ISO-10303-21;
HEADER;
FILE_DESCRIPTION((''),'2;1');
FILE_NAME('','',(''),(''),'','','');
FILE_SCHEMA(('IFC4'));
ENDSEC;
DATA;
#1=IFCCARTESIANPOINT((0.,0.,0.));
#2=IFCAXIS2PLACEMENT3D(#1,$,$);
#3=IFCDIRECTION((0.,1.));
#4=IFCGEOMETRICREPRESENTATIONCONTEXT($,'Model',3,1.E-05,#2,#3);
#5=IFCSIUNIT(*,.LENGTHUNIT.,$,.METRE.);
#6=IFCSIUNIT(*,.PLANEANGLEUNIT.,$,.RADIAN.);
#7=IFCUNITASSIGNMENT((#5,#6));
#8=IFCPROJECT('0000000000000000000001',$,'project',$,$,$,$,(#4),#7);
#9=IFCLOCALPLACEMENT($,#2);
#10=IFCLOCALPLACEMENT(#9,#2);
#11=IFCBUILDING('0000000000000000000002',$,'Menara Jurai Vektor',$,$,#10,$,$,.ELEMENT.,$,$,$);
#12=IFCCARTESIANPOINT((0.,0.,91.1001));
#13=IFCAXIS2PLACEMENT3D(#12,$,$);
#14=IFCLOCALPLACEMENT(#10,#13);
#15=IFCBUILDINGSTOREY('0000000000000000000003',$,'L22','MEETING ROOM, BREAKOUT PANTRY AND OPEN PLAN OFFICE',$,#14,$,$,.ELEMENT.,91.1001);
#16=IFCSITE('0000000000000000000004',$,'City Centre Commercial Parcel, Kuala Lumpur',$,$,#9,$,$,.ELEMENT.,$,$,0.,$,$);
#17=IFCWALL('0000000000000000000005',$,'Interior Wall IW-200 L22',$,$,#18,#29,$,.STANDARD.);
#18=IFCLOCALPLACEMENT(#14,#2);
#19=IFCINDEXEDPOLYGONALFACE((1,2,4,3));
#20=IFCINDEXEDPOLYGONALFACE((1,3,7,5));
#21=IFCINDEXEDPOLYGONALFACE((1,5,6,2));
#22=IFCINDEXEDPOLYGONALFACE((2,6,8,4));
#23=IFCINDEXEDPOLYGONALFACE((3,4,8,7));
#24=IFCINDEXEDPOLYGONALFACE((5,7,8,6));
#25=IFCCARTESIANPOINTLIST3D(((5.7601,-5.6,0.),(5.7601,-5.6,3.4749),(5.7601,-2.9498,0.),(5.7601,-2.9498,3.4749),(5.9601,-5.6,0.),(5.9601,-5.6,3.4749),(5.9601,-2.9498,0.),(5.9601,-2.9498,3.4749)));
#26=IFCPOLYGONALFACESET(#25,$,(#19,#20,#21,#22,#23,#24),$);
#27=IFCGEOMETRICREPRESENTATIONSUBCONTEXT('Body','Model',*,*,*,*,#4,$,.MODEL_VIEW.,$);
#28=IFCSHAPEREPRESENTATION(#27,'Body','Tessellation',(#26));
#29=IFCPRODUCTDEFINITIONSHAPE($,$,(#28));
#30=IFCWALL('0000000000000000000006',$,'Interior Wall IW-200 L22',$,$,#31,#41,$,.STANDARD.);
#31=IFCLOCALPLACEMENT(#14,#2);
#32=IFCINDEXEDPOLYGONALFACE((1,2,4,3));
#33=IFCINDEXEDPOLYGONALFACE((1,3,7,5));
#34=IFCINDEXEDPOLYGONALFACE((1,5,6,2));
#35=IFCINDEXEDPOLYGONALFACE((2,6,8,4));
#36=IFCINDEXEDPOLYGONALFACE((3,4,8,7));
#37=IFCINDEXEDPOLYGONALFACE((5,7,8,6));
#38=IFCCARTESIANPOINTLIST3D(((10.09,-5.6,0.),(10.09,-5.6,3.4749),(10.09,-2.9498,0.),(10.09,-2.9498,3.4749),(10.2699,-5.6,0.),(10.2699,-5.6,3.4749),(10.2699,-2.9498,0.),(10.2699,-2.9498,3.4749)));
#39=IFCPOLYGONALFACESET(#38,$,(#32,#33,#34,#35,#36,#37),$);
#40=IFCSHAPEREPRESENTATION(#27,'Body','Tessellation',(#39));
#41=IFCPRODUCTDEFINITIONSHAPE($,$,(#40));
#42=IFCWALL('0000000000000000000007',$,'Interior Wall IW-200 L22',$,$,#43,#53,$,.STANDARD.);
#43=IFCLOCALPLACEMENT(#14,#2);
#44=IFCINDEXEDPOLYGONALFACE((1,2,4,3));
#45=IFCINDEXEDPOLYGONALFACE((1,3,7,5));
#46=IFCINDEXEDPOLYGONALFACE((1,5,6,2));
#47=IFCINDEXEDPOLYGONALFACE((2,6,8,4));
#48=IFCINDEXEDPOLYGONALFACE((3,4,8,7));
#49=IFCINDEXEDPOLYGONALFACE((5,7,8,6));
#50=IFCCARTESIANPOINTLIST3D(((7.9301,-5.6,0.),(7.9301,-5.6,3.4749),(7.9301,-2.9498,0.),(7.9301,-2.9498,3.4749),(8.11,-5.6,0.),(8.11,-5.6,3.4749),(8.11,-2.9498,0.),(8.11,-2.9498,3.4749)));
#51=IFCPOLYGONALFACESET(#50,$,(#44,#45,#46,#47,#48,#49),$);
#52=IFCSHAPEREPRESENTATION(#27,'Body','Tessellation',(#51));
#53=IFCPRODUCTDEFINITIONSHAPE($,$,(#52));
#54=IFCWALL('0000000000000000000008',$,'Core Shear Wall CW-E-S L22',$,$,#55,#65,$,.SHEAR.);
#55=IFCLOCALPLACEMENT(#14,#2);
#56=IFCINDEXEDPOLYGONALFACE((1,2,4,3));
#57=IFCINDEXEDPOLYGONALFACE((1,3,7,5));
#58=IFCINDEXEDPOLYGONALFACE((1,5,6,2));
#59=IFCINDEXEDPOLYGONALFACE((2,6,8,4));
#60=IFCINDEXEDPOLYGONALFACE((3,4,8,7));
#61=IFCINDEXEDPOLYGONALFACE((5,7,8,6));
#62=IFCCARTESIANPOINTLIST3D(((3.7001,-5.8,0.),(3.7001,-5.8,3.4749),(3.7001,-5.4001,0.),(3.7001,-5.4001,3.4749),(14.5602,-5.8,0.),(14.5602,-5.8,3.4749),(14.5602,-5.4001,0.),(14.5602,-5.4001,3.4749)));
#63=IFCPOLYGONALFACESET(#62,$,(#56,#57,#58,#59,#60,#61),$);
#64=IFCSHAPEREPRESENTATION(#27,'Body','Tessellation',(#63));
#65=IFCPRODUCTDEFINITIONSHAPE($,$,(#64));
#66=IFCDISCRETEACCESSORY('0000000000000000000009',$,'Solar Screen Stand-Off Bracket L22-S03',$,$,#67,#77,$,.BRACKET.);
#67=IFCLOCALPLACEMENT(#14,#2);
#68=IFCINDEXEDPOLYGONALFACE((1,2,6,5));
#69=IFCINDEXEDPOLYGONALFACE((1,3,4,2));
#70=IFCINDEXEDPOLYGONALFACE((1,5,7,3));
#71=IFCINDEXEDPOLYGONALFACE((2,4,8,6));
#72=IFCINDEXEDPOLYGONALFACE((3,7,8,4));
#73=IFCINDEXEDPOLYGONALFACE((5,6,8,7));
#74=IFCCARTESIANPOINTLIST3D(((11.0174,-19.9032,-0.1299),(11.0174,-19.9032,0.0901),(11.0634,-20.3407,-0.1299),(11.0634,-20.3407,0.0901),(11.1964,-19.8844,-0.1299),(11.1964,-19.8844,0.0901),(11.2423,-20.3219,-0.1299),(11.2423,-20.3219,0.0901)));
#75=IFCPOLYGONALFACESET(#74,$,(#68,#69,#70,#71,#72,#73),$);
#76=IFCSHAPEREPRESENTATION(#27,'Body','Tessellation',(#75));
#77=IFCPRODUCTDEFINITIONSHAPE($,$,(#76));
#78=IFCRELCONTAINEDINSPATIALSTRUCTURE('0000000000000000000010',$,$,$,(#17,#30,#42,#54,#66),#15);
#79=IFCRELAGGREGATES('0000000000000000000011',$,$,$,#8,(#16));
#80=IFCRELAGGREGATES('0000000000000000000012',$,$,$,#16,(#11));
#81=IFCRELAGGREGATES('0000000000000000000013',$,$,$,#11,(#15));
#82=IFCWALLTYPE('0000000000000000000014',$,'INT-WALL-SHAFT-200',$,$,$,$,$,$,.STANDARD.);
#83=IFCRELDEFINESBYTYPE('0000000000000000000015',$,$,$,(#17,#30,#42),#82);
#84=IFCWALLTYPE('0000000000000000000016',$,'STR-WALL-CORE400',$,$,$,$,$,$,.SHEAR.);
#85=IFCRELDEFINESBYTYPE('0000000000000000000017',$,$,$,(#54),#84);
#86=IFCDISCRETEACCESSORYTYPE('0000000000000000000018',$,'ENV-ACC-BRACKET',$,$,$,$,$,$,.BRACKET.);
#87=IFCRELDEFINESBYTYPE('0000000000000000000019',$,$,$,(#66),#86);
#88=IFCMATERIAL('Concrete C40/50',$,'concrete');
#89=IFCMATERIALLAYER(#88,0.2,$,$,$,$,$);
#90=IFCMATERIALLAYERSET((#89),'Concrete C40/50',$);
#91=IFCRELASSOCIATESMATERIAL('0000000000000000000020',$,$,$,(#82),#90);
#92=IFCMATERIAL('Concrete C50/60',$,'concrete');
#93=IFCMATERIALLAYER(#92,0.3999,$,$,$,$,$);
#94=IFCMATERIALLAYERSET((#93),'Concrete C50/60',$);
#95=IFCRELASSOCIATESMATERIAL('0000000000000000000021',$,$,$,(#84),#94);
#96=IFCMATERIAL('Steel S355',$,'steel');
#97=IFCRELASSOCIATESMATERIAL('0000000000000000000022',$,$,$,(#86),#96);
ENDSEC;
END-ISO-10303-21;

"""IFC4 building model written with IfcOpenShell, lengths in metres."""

from ifc_helpers import new_model, si_unit, direction, frame, frame_2d, origin, origin_2d, place, context, subcontext, project, spatial, rectangle, extrude, material, layer, layer_set, type_object, element, save


model = new_model("IFC4")

# Units and contexts
model_context = context("Model", 3, precision=1e-05, world=origin(), true_north=direction((0.0, 1.0)))
body_context = subcontext(model_context, "Body", "Model", "MODEL_VIEW")
ifc_project = project(units=[si_unit("LENGTHUNIT", "METRE"), si_unit("PLANEANGLEUNIT", "RADIAN")], contexts=[model_context])

# Site, building, storey
site_placement = place(None, origin())
site = spatial("IfcSite", under=ifc_project, at=site_placement, Name="City Centre Commercial Parcel, Kuala Lumpur", CompositionType="ELEMENT", RefElevation=0.0)
building_placement = place(site_placement, origin())
building = spatial("IfcBuilding", under=site, at=building_placement, Name="Menara Jurai Vektor", CompositionType="ELEMENT")
storey_placement = place(building_placement, frame((0.0, 0.0, 91.1001)))
storey = spatial("IfcBuildingStorey", under=building, at=storey_placement, Name="L22", Description="MEETING ROOM, BREAKOUT PANTRY AND OPEN PLAN OFFICE", CompositionType="ELEMENT", Elevation=91.1001)

# Shared definitions
ifc_material_1 = material(Name="Concrete C50/60", Category="concrete")

# Shared definitions
ifc_material_2 = material(Name="Steel S355", Category="steel")

# Walls
ifc_material_3 = material(Name="Concrete C40/50", Category="concrete")
ifc_layer_1 = layer(ifc_material_3, 0.2)
ifc_layer_set_1 = layer_set([ifc_layer_1], Name="Concrete C40/50")
wall_type_1 = type_object("IfcWallType", Name="INT-WALL-SHAFT-200", PredefinedType="STANDARD", material=ifc_layer_set_1)
for number, where, z_axis, x_axis, name in (
    (1, (5.8601, -5.6001, 0.0), (0.0, 0.0, 1.0), (0.0, 1.0, 0.0), "Interior Wall IW-200 L22"),
):
    element("IfcWall", number, at=place(storey_placement, frame(where, z_axis=z_axis, x_axis=x_axis)), inside=storey, type_object=wall_type_1, Name=name, PredefinedType="STANDARD", context=body_context, shape_type="SweptSolid", body=[
        extrude(rectangle(XDim=2.6501, YDim=0.2, at=frame_2d((1.3252, 0.0))), origin(), (0.0, 0.0, 1.0), 3.4749),
    ])
for number, where, z_axis, x_axis, name in (
    (2, (10.1799, -5.6001, 0.0), (0.0, 0.0, 1.0), (0.0, 1.0, 0.0), "Interior Wall IW-200 L22"),
    (3, (8.02, -5.6001, 0.0), (0.0, 0.0, 1.0), (0.0, 1.0, 0.0), "Interior Wall IW-200 L22"),
):
    element("IfcWall", number, at=place(storey_placement, frame(where, z_axis=z_axis, x_axis=x_axis)), inside=storey, type_object=wall_type_1, Name=name, PredefinedType="STANDARD", context=body_context, shape_type="SweptSolid", body=[
        extrude(rectangle(XDim=2.6501, YDim=0.1799, at=frame_2d((1.3252, 0.0))), origin(), (0.0, 0.0, 1.0), 3.4749),
    ])
ifc_layer_2 = layer(ifc_material_1, 0.3999)
ifc_layer_set_2 = layer_set([ifc_layer_2], Name="Concrete C50/60")
wall_type_2 = type_object("IfcWallType", Name="STR-WALL-CORE400", PredefinedType="SHEAR", material=ifc_layer_set_2)
wall_placement = place(storey_placement, frame((3.7, -5.6001, 0.0), z_axis=(0.0, 0.0, 1.0), x_axis=(1.0, 0.0, 0.0)))
element("IfcWall", 4, at=wall_placement, inside=storey, type_object=wall_type_2, Name="Core Shear Wall CW-E-S L22", PredefinedType="SHEAR", context=body_context, shape_type="SweptSolid", body=[
    extrude(rectangle(XDim=10.8601, YDim=0.3999, at=frame_2d((5.4302, 0.0))), origin(), (0.0, 0.0, 1.0), 3.4749),
])

# Discrete accessory
discrete_accessory_type = type_object("IfcDiscreteAccessoryType", Name="ENV-ACC-BRACKET", PredefinedType="BRACKET", material=ifc_material_2)
discrete_accessory_placement = place(storey_placement, frame((11.1299, -20.1125, -0.1299), z_axis=(0.0, 0.0, 1.0), x_axis=(0.994522, 0.104528, 0.0)))
element("IfcDiscreteAccessory", 5, at=discrete_accessory_placement, inside=storey, type_object=discrete_accessory_type, Name="Solar Screen Stand-Off Bracket L22-S03", PredefinedType="BRACKET", context=body_context, shape_type="SweptSolid", body=[
    extrude(rectangle(XDim=0.1799, YDim=0.4399, at=origin_2d()), origin(), (0.0, 0.0, 1.0), 0.22),
])

save(model, "model.ifc")
